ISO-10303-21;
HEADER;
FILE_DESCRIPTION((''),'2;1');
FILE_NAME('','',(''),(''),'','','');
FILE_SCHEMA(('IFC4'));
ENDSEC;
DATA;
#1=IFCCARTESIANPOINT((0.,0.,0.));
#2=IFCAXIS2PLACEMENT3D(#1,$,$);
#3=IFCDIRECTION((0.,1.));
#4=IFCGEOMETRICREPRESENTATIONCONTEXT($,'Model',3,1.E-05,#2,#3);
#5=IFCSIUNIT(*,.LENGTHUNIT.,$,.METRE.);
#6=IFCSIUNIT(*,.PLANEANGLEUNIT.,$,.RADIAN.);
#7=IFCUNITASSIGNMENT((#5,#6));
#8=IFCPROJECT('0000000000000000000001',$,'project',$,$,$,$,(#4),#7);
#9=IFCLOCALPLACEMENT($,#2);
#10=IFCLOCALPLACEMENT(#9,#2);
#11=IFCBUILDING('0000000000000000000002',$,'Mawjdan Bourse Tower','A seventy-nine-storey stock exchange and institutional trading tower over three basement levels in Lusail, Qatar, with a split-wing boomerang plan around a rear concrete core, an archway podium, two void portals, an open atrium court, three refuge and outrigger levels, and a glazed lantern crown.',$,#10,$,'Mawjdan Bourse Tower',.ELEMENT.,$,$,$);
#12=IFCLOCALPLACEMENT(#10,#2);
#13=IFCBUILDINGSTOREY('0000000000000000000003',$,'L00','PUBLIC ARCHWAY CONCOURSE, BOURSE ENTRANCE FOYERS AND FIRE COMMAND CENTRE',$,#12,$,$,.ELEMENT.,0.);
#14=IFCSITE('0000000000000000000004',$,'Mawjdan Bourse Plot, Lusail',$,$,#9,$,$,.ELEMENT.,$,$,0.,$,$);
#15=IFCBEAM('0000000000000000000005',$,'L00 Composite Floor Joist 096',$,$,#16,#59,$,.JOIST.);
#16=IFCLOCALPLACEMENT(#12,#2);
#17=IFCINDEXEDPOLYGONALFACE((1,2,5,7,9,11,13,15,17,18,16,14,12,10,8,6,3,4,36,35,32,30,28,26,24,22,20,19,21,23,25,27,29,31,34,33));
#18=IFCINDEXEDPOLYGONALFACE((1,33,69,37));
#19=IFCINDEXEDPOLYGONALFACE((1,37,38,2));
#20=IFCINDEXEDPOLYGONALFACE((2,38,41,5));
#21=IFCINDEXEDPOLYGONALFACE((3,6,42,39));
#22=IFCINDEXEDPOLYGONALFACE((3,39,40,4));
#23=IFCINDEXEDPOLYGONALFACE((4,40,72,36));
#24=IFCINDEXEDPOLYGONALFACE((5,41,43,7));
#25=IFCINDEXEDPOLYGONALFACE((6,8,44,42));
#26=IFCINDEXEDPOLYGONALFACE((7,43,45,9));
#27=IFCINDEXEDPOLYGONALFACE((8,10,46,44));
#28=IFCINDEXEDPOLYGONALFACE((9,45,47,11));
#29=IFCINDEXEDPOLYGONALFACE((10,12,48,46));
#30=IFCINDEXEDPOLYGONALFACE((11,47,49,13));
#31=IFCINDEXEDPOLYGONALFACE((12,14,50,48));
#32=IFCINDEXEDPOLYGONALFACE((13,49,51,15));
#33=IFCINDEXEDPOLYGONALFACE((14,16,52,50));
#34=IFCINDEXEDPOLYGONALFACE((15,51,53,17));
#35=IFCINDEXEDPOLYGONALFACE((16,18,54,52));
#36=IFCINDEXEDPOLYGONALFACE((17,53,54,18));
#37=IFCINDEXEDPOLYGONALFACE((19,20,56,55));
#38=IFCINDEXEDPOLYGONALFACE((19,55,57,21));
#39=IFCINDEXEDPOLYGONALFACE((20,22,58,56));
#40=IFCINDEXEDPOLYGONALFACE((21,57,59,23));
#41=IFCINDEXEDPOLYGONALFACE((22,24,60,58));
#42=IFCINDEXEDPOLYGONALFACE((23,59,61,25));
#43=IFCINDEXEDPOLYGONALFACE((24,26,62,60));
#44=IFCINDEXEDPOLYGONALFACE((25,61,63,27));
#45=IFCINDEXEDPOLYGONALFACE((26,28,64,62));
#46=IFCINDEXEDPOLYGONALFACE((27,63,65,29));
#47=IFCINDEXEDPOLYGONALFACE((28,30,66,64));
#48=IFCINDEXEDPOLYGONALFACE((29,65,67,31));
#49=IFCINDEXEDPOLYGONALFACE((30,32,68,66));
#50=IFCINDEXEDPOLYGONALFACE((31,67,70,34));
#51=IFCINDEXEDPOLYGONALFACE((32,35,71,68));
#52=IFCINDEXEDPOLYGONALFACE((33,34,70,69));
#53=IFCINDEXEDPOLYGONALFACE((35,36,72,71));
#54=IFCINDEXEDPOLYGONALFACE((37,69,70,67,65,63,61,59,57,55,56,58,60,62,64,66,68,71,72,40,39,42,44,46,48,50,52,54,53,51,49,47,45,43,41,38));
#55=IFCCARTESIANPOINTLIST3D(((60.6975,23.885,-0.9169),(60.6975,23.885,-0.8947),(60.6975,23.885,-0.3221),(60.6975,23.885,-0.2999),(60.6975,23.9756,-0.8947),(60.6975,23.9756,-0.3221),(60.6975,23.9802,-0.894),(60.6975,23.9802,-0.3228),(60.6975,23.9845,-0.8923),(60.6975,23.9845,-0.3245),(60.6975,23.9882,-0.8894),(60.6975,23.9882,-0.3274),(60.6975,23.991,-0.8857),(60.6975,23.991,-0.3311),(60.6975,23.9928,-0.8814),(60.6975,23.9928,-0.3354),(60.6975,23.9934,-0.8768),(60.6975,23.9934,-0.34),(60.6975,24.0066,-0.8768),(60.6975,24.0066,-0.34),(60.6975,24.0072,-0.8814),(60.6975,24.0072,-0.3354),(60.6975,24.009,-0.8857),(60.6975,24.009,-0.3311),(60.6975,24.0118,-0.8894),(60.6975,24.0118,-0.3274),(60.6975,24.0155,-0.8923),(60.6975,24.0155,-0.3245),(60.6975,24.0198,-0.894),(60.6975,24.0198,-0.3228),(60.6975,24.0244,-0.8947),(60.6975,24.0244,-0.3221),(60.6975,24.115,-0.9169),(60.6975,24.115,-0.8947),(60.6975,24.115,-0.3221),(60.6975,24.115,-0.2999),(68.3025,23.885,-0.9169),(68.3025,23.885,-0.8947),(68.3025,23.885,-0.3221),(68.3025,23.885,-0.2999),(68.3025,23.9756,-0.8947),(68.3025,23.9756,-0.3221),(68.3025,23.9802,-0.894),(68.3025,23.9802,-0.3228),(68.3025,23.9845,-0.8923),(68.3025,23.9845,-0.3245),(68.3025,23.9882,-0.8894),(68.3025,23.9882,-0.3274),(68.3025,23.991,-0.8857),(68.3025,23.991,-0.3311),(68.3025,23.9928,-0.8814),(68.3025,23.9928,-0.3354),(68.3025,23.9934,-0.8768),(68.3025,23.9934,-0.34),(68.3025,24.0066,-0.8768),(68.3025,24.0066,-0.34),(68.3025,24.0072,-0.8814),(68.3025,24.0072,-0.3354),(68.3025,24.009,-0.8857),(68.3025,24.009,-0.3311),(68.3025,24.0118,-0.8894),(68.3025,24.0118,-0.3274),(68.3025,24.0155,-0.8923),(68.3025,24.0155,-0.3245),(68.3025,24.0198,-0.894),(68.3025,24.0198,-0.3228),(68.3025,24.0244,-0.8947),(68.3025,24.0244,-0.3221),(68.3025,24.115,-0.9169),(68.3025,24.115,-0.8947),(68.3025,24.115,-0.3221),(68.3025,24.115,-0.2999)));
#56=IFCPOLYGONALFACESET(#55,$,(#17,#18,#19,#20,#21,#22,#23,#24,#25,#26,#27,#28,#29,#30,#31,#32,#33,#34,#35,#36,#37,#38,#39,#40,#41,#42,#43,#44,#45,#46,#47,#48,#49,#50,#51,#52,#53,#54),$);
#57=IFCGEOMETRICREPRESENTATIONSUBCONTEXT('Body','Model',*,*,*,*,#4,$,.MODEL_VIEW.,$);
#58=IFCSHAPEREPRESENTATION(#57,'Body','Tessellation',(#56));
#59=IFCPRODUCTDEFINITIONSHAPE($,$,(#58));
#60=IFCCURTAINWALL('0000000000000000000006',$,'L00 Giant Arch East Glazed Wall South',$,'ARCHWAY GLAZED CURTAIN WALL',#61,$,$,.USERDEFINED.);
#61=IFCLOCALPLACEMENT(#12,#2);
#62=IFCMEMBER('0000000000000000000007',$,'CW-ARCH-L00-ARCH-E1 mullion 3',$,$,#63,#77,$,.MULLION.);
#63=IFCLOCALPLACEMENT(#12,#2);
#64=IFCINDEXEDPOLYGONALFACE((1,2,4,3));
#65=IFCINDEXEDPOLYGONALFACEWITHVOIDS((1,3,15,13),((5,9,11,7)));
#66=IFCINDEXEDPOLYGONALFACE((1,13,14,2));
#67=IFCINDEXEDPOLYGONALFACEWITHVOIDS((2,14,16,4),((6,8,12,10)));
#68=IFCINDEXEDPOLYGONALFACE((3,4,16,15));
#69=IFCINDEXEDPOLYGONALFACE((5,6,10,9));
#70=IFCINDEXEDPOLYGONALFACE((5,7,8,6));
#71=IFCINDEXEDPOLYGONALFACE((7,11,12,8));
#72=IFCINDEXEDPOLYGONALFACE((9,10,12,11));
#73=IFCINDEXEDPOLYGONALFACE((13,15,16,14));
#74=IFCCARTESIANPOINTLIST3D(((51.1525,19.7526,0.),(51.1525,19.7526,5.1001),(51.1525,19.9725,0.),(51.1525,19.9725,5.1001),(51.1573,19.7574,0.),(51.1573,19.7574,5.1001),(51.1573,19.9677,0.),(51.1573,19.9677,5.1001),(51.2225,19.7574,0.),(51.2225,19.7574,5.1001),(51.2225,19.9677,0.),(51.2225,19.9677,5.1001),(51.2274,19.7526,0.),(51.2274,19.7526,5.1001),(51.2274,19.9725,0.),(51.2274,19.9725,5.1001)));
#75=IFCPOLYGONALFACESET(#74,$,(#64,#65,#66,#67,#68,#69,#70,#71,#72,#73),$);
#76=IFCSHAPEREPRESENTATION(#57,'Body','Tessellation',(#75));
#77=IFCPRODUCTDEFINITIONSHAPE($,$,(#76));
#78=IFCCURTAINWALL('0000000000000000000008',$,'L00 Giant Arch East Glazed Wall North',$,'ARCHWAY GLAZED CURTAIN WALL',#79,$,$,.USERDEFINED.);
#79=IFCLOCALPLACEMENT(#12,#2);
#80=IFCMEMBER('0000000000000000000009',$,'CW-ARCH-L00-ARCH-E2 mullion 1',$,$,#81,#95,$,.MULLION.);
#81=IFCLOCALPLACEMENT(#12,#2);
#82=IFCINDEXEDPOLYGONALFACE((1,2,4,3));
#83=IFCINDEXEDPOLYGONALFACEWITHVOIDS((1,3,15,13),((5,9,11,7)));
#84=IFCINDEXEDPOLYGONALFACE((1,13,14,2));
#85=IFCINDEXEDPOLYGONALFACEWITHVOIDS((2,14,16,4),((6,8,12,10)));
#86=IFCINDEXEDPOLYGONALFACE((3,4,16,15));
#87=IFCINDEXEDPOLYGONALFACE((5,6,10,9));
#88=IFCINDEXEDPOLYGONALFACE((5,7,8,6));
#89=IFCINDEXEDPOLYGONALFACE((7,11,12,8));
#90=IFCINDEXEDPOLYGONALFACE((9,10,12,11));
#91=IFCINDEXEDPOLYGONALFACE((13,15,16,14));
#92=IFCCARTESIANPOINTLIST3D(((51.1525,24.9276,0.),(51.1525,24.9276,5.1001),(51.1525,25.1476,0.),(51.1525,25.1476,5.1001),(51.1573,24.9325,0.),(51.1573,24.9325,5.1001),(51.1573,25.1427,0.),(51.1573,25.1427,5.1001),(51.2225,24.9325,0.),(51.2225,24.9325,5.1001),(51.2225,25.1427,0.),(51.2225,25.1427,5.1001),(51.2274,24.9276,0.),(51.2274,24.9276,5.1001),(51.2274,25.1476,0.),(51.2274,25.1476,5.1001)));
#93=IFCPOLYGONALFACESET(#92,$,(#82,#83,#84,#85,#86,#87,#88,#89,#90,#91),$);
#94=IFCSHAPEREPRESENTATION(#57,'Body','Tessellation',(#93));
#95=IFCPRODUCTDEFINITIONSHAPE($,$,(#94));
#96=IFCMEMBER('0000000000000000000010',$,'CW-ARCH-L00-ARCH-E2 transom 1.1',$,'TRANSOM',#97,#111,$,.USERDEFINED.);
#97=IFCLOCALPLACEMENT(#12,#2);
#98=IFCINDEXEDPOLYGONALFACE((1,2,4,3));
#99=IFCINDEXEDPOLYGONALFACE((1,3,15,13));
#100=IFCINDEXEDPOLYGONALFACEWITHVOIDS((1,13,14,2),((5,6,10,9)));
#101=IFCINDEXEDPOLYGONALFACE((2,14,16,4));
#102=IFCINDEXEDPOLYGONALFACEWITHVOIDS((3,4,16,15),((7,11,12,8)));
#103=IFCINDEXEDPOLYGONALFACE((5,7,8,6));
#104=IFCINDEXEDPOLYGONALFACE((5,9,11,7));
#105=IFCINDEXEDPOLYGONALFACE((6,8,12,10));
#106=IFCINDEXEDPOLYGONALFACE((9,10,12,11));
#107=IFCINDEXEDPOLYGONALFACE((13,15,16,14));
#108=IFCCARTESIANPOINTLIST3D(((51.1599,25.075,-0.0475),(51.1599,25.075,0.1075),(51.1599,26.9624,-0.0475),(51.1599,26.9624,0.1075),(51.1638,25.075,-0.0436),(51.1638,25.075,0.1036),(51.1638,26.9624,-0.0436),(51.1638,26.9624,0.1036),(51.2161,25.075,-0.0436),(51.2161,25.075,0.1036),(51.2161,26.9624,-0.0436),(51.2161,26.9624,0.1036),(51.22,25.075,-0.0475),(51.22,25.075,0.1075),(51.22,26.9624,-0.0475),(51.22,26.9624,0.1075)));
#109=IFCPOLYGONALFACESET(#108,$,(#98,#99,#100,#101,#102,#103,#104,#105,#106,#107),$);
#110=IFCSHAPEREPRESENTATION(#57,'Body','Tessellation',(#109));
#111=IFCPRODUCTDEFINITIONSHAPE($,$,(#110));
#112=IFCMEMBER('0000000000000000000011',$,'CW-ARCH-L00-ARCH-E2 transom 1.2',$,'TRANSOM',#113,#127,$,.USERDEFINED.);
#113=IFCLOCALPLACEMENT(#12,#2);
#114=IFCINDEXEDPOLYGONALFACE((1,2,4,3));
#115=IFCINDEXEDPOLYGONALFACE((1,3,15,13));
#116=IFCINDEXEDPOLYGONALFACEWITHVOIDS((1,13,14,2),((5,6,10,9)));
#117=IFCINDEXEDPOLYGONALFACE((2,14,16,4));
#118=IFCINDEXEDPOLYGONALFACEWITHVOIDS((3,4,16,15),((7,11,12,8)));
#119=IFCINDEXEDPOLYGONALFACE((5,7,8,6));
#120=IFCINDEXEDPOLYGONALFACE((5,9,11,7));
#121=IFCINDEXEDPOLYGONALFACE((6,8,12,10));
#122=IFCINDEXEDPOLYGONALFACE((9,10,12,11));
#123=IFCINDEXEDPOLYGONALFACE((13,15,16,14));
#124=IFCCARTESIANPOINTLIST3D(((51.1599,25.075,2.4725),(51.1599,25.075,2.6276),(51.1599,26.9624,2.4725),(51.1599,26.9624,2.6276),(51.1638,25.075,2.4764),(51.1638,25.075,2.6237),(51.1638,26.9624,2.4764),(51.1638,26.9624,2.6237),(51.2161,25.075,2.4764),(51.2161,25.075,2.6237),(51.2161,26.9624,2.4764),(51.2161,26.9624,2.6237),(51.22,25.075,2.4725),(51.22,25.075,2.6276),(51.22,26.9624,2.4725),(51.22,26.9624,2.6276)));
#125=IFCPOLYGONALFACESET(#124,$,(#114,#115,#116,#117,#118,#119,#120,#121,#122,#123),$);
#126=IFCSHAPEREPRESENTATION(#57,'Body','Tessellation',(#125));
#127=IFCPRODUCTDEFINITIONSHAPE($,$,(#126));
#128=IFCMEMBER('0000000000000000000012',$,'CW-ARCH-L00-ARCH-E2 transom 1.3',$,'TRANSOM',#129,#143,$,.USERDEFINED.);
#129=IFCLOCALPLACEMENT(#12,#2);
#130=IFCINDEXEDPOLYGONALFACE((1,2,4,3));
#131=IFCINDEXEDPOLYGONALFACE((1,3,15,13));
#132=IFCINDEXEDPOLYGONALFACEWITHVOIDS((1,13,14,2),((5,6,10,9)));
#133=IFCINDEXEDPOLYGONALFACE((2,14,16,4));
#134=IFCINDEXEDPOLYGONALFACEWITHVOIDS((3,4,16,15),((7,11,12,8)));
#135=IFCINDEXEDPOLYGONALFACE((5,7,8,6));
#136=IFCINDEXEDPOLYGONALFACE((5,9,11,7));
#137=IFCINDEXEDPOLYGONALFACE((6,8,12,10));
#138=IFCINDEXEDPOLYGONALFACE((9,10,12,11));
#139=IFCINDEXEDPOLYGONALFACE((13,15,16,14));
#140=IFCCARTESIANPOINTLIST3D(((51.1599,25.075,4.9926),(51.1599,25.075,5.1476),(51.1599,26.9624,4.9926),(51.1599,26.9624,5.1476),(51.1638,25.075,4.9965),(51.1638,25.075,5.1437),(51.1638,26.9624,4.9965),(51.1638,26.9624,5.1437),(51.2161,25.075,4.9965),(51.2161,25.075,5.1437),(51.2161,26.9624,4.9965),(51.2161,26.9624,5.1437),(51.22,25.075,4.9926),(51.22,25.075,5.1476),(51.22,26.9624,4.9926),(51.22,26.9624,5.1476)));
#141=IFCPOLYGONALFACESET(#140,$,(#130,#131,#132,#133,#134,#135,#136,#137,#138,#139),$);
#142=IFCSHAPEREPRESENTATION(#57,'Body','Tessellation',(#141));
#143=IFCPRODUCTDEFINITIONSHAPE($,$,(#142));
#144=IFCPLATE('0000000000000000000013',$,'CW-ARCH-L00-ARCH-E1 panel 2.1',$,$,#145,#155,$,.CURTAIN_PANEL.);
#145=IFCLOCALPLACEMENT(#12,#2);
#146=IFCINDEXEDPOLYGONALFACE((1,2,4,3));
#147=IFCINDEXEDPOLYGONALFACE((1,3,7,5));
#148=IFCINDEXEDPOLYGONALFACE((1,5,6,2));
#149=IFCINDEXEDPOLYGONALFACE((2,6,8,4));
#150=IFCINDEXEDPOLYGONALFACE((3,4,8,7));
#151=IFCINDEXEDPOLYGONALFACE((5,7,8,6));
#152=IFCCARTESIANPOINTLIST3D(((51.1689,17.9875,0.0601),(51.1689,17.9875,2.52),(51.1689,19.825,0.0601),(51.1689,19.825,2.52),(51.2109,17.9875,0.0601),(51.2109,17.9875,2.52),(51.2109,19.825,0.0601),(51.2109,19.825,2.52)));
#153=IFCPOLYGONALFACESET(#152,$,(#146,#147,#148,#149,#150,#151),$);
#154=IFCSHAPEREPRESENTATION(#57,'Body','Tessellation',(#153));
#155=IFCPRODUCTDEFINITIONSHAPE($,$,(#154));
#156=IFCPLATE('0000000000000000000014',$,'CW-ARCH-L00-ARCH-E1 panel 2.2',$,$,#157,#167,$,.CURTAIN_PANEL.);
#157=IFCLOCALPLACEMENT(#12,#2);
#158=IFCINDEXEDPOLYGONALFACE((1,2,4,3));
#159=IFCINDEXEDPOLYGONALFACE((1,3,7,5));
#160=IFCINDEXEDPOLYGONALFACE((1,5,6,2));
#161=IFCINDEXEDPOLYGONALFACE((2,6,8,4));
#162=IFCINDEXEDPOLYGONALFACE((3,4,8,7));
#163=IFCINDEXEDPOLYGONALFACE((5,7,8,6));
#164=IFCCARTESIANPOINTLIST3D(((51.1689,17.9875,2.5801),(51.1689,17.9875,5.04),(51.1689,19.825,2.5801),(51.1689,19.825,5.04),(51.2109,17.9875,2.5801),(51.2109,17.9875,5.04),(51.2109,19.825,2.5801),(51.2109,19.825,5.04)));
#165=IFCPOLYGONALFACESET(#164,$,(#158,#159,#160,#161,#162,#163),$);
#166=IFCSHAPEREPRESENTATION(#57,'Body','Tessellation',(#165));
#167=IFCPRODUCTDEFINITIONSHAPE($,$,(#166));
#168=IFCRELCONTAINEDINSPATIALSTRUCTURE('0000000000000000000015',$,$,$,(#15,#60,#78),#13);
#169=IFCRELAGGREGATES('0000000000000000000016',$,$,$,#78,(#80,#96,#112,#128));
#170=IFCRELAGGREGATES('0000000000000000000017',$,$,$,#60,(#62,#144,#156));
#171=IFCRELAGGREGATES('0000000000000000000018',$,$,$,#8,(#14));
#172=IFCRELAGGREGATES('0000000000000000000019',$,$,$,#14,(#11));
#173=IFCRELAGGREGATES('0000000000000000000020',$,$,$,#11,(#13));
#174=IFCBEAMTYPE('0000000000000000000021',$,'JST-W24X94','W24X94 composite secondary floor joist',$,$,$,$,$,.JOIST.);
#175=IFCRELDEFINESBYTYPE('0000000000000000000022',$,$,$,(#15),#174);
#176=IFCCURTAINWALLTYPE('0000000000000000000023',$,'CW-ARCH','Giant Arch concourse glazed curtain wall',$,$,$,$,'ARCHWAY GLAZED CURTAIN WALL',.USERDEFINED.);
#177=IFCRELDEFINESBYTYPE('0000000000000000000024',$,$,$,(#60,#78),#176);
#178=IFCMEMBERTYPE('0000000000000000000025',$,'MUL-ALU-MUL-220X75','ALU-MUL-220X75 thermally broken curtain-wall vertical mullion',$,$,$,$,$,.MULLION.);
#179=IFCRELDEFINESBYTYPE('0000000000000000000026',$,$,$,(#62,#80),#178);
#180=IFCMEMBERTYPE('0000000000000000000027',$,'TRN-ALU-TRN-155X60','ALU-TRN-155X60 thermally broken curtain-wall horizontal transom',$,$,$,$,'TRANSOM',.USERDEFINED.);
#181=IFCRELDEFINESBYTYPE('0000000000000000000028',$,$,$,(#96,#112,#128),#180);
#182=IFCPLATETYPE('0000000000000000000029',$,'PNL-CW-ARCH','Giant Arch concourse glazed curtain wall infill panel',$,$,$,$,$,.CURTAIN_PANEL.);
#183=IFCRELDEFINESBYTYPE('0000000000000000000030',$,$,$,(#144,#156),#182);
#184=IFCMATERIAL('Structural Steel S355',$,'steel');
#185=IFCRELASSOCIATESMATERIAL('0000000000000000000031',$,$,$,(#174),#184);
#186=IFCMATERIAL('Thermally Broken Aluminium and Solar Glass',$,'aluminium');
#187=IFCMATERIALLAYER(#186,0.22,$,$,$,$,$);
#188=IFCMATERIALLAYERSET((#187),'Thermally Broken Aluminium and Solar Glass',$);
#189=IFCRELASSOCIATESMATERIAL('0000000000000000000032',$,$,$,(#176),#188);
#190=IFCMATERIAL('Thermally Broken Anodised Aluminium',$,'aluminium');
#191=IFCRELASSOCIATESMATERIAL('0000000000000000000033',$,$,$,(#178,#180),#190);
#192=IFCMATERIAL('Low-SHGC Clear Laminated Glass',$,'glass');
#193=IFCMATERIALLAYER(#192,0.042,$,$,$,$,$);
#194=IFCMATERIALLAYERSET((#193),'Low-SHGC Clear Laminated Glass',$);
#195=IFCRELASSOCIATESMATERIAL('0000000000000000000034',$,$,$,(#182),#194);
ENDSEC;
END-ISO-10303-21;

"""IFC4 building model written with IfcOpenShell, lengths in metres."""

from ifc_helpers import new_model, si_unit, direction, frame, origin, origin_2d, place, context, subcontext, project, spatial, rectangle, hollow_rectangle, i_section, extrude, material, layer, layer_set, material_profile, profile_set, type_object, element, aggregate, save


model = new_model("IFC4")

# Units and contexts
model_context = context("Model", 3, precision=1e-05, world=origin(), true_north=direction((0.0, 1.0)))
body_context = subcontext(model_context, "Body", "Model", "MODEL_VIEW")
ifc_project = project(units=[si_unit("LENGTHUNIT", "METRE"), si_unit("PLANEANGLEUNIT", "RADIAN")], contexts=[model_context])

# Site, building, storey
site_placement = place(None, origin())
site = spatial("IfcSite", under=ifc_project, at=site_placement, Name="Mawjdan Bourse Plot, Lusail", CompositionType="ELEMENT", RefElevation=0.0)
building_placement = place(site_placement, origin())
building = spatial("IfcBuilding", under=site, at=building_placement, Name="Mawjdan Bourse Tower", Description="A seventy-nine-storey stock exchange and institutional trading tower over three basement levels in Lusail, Qatar, with a split-wing boomerang plan around a rear concrete core, an archway podium, two void portals, an open atrium court, three refuge and outrigger levels, and a glazed lantern crown.", LongName="Mawjdan Bourse Tower", CompositionType="ELEMENT")
storey_placement = place(building_placement, origin())
storey = spatial("IfcBuildingStorey", under=building, at=storey_placement, Name="L00", Description="PUBLIC ARCHWAY CONCOURSE, BOURSE ENTRANCE FOYERS AND FIRE COMMAND CENTRE", CompositionType="ELEMENT", Elevation=0.0)

# Beam
ifc_material_1 = material(Name="Structural Steel S355", Category="steel")
ifc_material_profile_1 = material_profile(ifc_material_1, i_section(OverallWidth=0.23, OverallDepth=0.6169, WebThickness=0.0132, FlangeThickness=0.0222, FilletRadius=0.0178, at=origin_2d()), Name="W24X94")
ifc_profile_set_1 = profile_set([ifc_material_profile_1], Name="Structural Steel S355")
beam_type_1 = type_object("IfcBeamType", Name="JST-W24X94", Description="W24X94 composite secondary floor joist", PredefinedType="JOIST", material=ifc_profile_set_1)
beam_1_placement = place(storey_placement, frame((60.6975, 24.0, -0.6084), z_axis=(1.0, 0.0, 0.0), x_axis=(0.0, 1.0, 0.0)))
element("IfcBeam", 1, at=beam_1_placement, inside=storey, type_object=beam_type_1, Name="L00 Composite Floor Joist 096", PredefinedType="JOIST", context=body_context, shape_type="SweptSolid", body=[
    extrude(i_section(OverallWidth=0.23, OverallDepth=0.6169, WebThickness=0.0132, FlangeThickness=0.0222, FilletRadius=0.0178, at=origin_2d()), origin(), (0.0, 0.0, 1.0), 7.605),
])

# Curtain wall, member
ifc_material_2 = material(Name="Thermally Broken Aluminium and Solar Glass", Category="aluminium")
ifc_layer_1 = layer(ifc_material_2, 0.22)
ifc_layer_set_1 = layer_set([ifc_layer_1], Name="Thermally Broken Aluminium and Solar Glass")
curtain_wall_type = type_object("IfcCurtainWallType", Name="CW-ARCH", Description="Giant Arch concourse glazed curtain wall", ElementType="ARCHWAY GLAZED CURTAIN WALL", PredefinedType="USERDEFINED", material=ifc_layer_set_1)
curtain_wall_1_placement = place(storey_placement, origin())
curtain_wall_1 = element("IfcCurtainWall", 2, at=curtain_wall_1_placement, inside=storey, type_object=curtain_wall_type, Name="L00 Giant Arch East Glazed Wall South", ObjectType="ARCHWAY GLAZED CURTAIN WALL", PredefinedType="USERDEFINED")
ifc_material_3 = material(Name="Thermally Broken Anodised Aluminium", Category="aluminium")
ifc_material_profile_2 = material_profile(ifc_material_3, hollow_rectangle(XDim=0.075, YDim=0.22, WallThickness=0.0049, at=origin_2d()), Name="ALU-MUL-220X75")
ifc_profile_set_2 = profile_set([ifc_material_profile_2], Name="Thermally Broken Anodised Aluminium")
member_type_1 = type_object("IfcMemberType", Name="MUL-ALU-MUL-220X75", Description="ALU-MUL-220X75 thermally broken curtain-wall vertical mullion", PredefinedType="MULLION", material=ifc_profile_set_2)
member_1_placement = place(storey_placement, frame((51.1899, 19.8625, 0.0), z_axis=(0.0, 0.0, 1.0), x_axis=(-1.0, 0.0, 0.0)))
member_1 = element("IfcMember", 3, at=member_1_placement, type_object=member_type_1, Name="CW-ARCH-L00-ARCH-E1 mullion 3", PredefinedType="MULLION", context=body_context, shape_type="SweptSolid", body=[
    extrude(hollow_rectangle(XDim=0.075, YDim=0.22, WallThickness=0.0049, at=origin_2d()), origin(), (0.0, 0.0, 1.0), 5.1001),
])

# Curtain wall, members
curtain_wall_2_placement = place(storey_placement, origin())
curtain_wall_2 = element("IfcCurtainWall", 4, at=curtain_wall_2_placement, inside=storey, type_object=curtain_wall_type, Name="L00 Giant Arch East Glazed Wall North", ObjectType="ARCHWAY GLAZED CURTAIN WALL", PredefinedType="USERDEFINED")
member_2_placement = place(storey_placement, frame((51.1899, 25.0376, 0.0), z_axis=(0.0, 0.0, 1.0), x_axis=(-1.0, 0.0, 0.0)))
member_2 = element("IfcMember", 5, at=member_2_placement, type_object=member_type_1, Name="CW-ARCH-L00-ARCH-E2 mullion 1", PredefinedType="MULLION", context=body_context, shape_type="SweptSolid", body=[
    extrude(hollow_rectangle(XDim=0.075, YDim=0.22, WallThickness=0.0049, at=origin_2d()), origin(), (0.0, 0.0, 1.0), 5.1001),
])
ifc_material_profile_3 = material_profile(ifc_material_3, hollow_rectangle(XDim=0.0601, YDim=0.155, WallThickness=0.0039, at=origin_2d()), Name="ALU-TRN-155X60")
ifc_profile_set_3 = profile_set([ifc_material_profile_3], Name="Thermally Broken Anodised Aluminium")
member_type_2 = type_object("IfcMemberType", Name="TRN-ALU-TRN-155X60", Description="ALU-TRN-155X60 thermally broken curtain-wall horizontal transom", ElementType="TRANSOM", PredefinedType="USERDEFINED", material=ifc_profile_set_3)
member_3_placement = place(storey_placement, frame((51.1899, 25.075, 0.03), z_axis=(0.0, 1.0, 0.0), x_axis=(-1.0, 0.0, 0.0)))
member_3 = element("IfcMember", 6, at=member_3_placement, type_object=member_type_2, Name="CW-ARCH-L00-ARCH-E2 transom 1.1", ObjectType="TRANSOM", PredefinedType="USERDEFINED", context=body_context, shape_type="SweptSolid", body=[
    extrude(hollow_rectangle(XDim=0.0601, YDim=0.155, WallThickness=0.0039, at=origin_2d()), origin(), (0.0, 0.0, 1.0), 1.8875),
])
member_4_placement = place(storey_placement, frame((51.1899, 25.075, 2.55), z_axis=(0.0, 1.0, 0.0), x_axis=(-1.0, 0.0, 0.0)))
member_4 = element("IfcMember", 7, at=member_4_placement, type_object=member_type_2, Name="CW-ARCH-L00-ARCH-E2 transom 1.2", ObjectType="TRANSOM", PredefinedType="USERDEFINED", context=body_context, shape_type="SweptSolid", body=[
    extrude(hollow_rectangle(XDim=0.0601, YDim=0.155, WallThickness=0.0039, at=origin_2d()), origin(), (0.0, 0.0, 1.0), 1.8875),
])
member_5_placement = place(storey_placement, frame((51.1899, 25.075, 5.0701), z_axis=(0.0, 1.0, 0.0), x_axis=(-1.0, 0.0, 0.0)))
member_5 = element("IfcMember", 8, at=member_5_placement, type_object=member_type_2, Name="CW-ARCH-L00-ARCH-E2 transom 1.3", ObjectType="TRANSOM", PredefinedType="USERDEFINED", context=body_context, shape_type="SweptSolid", body=[
    extrude(hollow_rectangle(XDim=0.0601, YDim=0.155, WallThickness=0.0039, at=origin_2d()), origin(), (0.0, 0.0, 1.0), 1.8875),
])
aggregate(curtain_wall_2, [member_2, member_3, member_4, member_5])

# Plates
ifc_material_4 = material(Name="Low-SHGC Clear Laminated Glass", Category="glass")
ifc_layer_2 = layer(ifc_material_4, 0.042)
ifc_layer_set_2 = layer_set([ifc_layer_2], Name="Low-SHGC Clear Laminated Glass")
plate_type = type_object("IfcPlateType", Name="PNL-CW-ARCH", Description="Giant Arch concourse glazed curtain wall infill panel", PredefinedType="CURTAIN_PANEL", material=ifc_layer_set_2)
plate_1_placement = place(storey_placement, frame((51.1899, 18.9062, 0.0601), z_axis=(0.0, 0.0, 1.0), x_axis=(0.0, 1.0, 0.0)))
plate_1 = element("IfcPlate", 9, at=plate_1_placement, type_object=plate_type, Name="CW-ARCH-L00-ARCH-E1 panel 2.1", PredefinedType="CURTAIN_PANEL", context=body_context, shape_type="SweptSolid", body=[
    extrude(rectangle(XDim=1.8374, YDim=0.042, at=origin_2d()), origin(), (0.0, 0.0, 1.0), 2.46),
])
plate_2_placement = place(storey_placement, frame((51.1899, 18.9062, 2.5801), z_axis=(0.0, 0.0, 1.0), x_axis=(0.0, 1.0, 0.0)))
plate_2 = element("IfcPlate", 10, at=plate_2_placement, type_object=plate_type, Name="CW-ARCH-L00-ARCH-E1 panel 2.2", PredefinedType="CURTAIN_PANEL", context=body_context, shape_type="SweptSolid", body=[
    extrude(rectangle(XDim=1.8374, YDim=0.042, at=origin_2d()), origin(), (0.0, 0.0, 1.0), 2.46),
])
aggregate(curtain_wall_1, [member_1, plate_1, plate_2])

save(model, "model.ifc")
